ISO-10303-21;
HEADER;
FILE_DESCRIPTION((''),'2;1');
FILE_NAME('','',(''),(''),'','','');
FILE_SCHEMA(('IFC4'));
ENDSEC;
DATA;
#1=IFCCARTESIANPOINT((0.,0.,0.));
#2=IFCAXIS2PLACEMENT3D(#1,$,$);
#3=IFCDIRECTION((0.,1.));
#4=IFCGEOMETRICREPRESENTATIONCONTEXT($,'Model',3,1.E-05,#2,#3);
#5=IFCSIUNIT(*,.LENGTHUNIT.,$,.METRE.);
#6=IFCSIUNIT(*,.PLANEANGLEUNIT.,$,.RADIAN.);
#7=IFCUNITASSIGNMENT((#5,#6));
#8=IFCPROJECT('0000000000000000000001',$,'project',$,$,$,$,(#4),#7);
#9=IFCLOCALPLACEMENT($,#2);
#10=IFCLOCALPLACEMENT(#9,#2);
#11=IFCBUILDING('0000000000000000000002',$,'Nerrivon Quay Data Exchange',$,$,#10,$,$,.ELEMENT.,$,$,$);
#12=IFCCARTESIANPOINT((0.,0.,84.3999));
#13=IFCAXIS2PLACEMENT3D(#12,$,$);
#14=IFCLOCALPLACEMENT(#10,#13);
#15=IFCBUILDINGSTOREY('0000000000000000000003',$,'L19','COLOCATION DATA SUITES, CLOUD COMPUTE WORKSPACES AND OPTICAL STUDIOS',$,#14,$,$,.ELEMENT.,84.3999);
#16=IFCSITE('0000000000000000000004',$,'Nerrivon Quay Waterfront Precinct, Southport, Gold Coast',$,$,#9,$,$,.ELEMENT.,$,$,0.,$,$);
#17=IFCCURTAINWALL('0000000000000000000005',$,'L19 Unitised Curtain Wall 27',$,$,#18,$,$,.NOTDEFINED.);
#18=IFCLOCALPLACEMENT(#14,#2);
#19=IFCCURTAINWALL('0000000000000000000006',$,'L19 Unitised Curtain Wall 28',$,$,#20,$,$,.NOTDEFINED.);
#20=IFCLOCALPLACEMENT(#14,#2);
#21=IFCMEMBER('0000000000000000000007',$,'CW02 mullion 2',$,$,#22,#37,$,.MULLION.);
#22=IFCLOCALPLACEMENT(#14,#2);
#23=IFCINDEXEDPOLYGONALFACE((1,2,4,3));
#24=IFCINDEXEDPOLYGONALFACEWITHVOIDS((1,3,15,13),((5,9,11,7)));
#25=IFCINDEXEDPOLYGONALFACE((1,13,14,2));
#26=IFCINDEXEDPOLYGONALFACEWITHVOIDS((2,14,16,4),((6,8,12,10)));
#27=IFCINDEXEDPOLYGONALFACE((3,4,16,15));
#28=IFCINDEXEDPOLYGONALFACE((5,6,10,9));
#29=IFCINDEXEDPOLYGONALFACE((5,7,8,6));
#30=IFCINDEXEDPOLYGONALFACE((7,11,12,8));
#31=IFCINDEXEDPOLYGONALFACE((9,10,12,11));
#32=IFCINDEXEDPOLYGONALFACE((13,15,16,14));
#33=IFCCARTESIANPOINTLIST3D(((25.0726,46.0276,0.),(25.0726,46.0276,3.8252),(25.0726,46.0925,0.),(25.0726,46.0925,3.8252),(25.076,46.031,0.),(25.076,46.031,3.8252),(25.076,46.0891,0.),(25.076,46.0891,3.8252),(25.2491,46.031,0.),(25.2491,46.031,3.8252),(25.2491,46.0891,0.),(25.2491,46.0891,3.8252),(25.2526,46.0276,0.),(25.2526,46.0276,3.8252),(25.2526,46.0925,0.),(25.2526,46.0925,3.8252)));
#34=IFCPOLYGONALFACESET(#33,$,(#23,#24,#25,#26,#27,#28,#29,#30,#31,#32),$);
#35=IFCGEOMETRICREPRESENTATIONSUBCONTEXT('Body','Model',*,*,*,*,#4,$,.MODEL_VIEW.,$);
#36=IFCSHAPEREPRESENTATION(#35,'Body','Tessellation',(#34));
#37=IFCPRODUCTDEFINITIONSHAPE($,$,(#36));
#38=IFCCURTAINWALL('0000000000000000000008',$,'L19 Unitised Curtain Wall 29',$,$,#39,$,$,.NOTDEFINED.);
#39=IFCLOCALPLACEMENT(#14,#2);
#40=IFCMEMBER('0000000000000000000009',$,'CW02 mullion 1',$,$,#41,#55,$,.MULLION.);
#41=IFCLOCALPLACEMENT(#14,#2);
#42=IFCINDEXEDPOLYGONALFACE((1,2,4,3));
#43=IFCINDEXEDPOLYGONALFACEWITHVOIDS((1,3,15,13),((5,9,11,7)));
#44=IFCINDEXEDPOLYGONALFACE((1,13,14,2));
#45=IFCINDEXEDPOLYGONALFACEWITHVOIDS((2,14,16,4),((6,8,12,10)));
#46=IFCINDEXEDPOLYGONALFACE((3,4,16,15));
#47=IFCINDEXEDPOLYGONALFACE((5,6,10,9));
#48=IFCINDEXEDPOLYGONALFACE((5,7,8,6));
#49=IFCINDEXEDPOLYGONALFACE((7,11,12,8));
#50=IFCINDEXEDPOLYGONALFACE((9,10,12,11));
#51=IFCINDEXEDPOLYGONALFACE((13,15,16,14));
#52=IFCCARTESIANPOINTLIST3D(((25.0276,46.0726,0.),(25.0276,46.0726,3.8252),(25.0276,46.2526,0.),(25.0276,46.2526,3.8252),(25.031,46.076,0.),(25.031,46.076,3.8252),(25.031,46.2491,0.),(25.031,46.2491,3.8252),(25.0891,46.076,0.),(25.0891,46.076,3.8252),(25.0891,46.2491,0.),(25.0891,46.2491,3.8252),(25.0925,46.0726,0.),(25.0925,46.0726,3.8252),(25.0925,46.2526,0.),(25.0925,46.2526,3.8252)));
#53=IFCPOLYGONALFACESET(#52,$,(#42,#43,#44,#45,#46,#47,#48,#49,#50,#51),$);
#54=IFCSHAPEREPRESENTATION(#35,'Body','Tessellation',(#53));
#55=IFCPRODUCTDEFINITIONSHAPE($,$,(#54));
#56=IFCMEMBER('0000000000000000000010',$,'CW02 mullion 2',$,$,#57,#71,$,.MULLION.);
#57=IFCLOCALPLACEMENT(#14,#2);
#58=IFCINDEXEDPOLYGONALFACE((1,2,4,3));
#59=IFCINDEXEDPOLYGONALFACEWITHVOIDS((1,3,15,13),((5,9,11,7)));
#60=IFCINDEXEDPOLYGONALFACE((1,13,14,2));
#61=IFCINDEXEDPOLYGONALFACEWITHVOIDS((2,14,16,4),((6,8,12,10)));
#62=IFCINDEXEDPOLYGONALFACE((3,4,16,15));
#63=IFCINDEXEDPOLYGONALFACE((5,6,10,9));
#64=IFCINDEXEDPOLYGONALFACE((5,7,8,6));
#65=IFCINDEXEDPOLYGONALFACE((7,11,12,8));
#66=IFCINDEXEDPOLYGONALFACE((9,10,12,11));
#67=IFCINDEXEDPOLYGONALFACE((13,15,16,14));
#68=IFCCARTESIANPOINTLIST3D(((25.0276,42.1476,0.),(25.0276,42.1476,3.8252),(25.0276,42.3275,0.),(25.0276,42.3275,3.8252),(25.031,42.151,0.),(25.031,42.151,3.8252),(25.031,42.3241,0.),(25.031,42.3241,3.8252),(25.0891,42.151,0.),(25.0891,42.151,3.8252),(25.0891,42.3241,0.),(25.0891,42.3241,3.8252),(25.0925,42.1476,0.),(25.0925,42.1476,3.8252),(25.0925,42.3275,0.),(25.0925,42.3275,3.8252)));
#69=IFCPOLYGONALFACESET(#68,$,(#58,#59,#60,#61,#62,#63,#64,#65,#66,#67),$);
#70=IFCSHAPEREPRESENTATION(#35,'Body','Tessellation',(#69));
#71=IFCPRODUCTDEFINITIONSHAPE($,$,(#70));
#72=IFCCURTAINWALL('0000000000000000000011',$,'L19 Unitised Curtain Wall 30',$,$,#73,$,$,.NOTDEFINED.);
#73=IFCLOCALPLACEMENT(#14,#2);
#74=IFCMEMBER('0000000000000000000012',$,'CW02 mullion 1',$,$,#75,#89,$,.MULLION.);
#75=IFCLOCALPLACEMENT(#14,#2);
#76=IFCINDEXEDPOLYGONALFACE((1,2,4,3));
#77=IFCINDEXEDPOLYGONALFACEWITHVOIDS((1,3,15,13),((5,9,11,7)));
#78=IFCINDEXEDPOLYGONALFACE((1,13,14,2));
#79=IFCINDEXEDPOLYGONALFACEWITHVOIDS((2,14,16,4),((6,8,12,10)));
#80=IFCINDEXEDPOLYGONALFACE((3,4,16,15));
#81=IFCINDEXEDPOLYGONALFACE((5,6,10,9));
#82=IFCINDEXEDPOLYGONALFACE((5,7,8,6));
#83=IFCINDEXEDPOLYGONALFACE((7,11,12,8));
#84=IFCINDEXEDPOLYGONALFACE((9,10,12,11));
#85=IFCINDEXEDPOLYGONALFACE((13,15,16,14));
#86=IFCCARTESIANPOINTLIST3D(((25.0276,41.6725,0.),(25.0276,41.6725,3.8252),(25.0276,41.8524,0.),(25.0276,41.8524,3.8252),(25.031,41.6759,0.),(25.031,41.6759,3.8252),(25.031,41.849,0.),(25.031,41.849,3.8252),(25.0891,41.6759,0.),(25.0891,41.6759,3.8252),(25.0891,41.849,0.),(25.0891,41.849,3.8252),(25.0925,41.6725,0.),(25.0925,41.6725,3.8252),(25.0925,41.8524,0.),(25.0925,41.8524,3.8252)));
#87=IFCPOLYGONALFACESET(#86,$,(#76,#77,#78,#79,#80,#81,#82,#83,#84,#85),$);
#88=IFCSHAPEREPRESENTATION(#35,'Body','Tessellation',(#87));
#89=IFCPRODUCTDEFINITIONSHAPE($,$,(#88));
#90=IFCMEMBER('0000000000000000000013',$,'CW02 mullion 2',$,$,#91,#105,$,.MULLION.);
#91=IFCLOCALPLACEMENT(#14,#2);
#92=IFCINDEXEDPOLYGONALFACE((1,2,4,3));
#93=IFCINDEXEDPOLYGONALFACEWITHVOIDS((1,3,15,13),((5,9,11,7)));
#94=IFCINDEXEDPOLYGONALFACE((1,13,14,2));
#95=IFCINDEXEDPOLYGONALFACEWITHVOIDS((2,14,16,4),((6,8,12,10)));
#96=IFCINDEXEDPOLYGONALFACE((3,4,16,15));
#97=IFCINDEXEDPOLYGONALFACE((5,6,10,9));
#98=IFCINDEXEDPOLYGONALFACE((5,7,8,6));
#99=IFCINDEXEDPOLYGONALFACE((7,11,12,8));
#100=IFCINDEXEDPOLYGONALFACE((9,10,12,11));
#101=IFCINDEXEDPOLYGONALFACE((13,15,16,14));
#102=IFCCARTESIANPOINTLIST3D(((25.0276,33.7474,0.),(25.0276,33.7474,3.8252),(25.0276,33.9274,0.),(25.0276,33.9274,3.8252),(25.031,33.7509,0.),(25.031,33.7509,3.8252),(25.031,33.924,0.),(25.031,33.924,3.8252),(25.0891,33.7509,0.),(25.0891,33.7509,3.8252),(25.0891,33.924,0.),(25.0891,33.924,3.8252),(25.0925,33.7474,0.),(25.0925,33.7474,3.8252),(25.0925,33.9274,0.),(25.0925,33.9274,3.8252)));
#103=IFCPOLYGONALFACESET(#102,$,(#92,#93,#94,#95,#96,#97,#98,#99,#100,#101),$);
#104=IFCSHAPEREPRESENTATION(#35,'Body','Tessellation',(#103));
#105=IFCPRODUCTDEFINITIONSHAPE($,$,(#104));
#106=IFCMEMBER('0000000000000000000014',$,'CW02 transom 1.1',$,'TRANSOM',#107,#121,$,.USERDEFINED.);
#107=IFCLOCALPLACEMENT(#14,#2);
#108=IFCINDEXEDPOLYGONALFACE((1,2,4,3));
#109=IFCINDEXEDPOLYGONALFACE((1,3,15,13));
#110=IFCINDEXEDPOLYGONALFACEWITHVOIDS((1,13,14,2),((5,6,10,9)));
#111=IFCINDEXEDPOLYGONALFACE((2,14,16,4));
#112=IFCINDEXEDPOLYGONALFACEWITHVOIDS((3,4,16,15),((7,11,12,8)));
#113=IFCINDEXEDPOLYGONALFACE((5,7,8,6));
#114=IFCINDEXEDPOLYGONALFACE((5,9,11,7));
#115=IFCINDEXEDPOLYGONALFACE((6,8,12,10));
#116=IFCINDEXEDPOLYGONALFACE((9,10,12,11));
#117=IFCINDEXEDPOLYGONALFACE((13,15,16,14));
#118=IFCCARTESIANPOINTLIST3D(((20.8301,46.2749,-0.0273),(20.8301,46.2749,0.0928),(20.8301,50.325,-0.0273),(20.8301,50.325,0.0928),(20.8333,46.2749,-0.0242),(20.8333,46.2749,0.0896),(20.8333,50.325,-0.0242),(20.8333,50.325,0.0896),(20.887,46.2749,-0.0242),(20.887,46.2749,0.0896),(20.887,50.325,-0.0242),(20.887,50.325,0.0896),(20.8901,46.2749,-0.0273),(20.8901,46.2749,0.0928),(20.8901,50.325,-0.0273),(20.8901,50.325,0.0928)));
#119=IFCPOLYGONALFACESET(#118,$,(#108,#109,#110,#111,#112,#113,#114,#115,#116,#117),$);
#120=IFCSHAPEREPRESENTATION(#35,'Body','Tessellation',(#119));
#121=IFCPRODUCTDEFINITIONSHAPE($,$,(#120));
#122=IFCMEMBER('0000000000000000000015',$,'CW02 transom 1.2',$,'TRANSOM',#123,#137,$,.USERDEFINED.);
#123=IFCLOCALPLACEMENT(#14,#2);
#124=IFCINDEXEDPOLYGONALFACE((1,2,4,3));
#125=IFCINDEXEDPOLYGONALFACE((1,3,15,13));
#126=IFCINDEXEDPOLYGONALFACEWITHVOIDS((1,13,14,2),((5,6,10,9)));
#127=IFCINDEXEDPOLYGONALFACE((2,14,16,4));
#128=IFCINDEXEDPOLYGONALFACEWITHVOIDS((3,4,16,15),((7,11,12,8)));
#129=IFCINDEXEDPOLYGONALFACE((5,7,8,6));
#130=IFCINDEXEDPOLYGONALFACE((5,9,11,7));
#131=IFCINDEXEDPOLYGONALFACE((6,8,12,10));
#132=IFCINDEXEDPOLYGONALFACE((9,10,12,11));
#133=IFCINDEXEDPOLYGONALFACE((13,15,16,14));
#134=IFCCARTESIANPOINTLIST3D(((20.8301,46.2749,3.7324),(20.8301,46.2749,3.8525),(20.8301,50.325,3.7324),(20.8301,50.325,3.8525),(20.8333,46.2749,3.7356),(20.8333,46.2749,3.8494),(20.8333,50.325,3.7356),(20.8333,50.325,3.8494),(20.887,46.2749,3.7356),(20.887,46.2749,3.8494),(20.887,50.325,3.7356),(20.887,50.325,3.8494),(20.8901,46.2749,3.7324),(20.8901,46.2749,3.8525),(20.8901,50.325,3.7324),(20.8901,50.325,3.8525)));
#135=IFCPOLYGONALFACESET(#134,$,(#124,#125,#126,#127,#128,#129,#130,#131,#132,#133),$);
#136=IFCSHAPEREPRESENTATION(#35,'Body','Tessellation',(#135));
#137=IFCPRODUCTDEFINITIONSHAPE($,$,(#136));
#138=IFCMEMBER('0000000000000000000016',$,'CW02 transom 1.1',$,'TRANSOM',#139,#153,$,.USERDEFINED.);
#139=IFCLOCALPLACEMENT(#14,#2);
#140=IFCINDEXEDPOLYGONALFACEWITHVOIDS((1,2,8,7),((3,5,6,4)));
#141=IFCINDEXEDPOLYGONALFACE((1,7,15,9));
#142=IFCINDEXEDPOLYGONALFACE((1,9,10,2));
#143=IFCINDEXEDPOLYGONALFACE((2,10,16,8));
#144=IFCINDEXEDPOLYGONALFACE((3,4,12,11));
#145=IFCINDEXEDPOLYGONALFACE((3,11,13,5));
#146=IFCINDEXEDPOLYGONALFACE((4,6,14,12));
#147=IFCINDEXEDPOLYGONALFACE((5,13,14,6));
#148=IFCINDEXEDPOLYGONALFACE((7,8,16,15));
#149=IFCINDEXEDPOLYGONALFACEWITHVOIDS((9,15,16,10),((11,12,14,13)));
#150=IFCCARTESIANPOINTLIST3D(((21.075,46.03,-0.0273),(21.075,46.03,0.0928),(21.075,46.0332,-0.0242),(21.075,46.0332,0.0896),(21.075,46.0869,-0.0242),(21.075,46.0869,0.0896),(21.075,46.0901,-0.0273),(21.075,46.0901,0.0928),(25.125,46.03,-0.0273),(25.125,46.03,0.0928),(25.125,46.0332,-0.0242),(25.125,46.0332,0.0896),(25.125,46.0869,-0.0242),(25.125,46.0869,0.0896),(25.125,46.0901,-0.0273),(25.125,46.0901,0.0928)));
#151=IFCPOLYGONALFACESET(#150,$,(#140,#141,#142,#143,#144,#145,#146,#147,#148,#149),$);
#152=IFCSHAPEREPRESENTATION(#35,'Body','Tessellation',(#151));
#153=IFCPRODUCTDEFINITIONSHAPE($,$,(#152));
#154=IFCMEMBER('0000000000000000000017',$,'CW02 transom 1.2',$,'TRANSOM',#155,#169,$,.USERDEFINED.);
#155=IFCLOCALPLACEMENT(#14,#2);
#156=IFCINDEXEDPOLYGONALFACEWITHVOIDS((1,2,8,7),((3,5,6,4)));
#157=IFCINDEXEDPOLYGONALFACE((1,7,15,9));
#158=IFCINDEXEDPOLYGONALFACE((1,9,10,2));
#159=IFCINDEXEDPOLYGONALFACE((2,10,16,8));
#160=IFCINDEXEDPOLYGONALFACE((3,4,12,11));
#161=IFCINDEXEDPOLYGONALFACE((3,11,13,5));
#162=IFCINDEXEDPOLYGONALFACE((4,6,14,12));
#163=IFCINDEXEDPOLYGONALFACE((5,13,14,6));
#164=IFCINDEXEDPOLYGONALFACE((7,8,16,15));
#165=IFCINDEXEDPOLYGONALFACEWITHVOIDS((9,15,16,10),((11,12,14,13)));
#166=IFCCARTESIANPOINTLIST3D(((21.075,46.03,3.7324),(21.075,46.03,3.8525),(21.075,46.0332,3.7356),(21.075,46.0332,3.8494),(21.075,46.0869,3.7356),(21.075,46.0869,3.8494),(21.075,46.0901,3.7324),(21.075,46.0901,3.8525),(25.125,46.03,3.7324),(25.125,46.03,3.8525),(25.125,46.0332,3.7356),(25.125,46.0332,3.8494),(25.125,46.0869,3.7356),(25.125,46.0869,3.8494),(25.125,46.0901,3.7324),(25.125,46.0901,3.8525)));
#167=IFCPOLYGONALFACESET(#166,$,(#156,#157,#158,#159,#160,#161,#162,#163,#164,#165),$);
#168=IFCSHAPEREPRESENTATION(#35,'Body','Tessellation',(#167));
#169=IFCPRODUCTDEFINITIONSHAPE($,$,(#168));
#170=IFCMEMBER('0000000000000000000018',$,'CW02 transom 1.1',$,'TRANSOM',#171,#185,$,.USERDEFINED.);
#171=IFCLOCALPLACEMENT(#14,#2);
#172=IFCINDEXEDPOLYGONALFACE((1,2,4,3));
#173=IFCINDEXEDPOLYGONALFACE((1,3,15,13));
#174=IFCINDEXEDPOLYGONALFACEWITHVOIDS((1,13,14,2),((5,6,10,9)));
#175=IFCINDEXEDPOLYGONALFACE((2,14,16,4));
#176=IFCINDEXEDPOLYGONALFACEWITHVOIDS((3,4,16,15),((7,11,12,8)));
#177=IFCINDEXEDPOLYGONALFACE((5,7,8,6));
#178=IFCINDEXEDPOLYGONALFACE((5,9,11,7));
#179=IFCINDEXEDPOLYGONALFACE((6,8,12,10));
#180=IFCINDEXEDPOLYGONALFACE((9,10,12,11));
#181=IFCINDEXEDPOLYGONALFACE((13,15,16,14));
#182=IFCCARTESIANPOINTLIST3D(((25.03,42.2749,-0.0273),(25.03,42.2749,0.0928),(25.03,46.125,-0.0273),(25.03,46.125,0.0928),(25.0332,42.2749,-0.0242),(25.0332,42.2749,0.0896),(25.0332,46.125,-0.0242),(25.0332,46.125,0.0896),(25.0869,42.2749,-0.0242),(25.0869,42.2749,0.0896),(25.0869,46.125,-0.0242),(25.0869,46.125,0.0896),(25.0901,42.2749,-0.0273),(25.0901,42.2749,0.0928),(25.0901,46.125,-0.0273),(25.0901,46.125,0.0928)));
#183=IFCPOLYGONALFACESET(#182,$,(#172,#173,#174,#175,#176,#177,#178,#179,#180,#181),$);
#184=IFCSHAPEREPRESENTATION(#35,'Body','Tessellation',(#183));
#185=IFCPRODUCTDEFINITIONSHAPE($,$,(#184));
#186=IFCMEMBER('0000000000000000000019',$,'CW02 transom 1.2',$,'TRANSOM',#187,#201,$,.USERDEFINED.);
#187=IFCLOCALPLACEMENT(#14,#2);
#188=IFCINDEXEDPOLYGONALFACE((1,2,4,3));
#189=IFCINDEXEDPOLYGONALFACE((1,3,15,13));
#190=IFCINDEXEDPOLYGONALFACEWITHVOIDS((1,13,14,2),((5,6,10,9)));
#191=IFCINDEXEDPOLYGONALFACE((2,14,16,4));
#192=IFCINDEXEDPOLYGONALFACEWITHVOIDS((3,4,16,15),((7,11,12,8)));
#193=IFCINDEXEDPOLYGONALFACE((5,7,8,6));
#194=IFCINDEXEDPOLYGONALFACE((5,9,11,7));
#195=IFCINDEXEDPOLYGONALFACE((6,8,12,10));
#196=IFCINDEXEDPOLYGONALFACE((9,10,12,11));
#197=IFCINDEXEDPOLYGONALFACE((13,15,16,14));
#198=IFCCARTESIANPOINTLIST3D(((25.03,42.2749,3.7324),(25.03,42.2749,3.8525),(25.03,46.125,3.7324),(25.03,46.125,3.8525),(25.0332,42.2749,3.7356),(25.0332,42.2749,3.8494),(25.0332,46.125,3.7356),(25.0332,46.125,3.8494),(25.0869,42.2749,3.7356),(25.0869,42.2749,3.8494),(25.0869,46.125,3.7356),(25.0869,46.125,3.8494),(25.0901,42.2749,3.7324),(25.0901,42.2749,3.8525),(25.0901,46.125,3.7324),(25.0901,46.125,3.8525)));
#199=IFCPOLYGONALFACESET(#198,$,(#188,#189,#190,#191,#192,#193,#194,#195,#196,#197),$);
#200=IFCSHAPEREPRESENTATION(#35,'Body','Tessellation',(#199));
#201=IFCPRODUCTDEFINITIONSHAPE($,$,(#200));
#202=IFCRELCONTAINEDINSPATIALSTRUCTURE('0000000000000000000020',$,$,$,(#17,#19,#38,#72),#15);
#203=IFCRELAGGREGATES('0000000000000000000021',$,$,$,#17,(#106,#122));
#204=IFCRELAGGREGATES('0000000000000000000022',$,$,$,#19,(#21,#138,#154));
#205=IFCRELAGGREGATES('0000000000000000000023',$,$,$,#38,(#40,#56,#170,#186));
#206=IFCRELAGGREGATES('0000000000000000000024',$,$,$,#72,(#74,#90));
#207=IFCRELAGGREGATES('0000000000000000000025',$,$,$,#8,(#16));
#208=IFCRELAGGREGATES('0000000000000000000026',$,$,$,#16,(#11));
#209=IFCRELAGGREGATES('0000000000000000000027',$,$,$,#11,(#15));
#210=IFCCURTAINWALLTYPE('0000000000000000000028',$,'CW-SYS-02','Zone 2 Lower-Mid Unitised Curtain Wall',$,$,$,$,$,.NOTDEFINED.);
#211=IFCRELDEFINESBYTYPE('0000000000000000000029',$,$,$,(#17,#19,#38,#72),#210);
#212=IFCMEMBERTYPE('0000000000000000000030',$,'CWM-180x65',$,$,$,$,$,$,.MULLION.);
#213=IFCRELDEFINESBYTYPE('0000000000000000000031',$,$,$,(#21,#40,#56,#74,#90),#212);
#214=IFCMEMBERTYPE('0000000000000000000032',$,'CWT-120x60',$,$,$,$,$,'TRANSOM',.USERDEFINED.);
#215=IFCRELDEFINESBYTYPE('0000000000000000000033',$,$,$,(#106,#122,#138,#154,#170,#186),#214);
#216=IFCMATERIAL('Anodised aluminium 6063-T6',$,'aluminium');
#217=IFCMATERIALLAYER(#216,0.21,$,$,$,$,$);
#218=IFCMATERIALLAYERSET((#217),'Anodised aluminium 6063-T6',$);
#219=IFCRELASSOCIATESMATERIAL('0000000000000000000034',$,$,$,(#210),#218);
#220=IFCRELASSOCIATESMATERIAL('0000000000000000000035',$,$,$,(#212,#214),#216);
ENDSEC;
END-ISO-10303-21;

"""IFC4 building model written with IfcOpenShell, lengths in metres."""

from ifc_helpers import new_model, si_unit, direction, frame, origin, origin_2d, place, context, subcontext, project, spatial, hollow_rectangle, extrude, material, layer, layer_set, material_profile, profile_set, type_object, element, aggregate, save


model = new_model("IFC4")

# Units and contexts
model_context = context("Model", 3, precision=1e-05, world=origin(), true_north=direction((0.0, 1.0)))
body_context = subcontext(model_context, "Body", "Model", "MODEL_VIEW")
ifc_project = project(units=[si_unit("LENGTHUNIT", "METRE"), si_unit("PLANEANGLEUNIT", "RADIAN")], contexts=[model_context])

# Site, building, storey
site_placement = place(None, origin())
site = spatial("IfcSite", under=ifc_project, at=site_placement, Name="Nerrivon Quay Waterfront Precinct, Southport, Gold Coast", CompositionType="ELEMENT", RefElevation=0.0)
building_placement = place(site_placement, origin())
building = spatial("IfcBuilding", under=site, at=building_placement, Name="Nerrivon Quay Data Exchange", CompositionType="ELEMENT")
storey_placement = place(building_placement, frame((0.0, 0.0, 84.3999)))
storey = spatial("IfcBuildingStorey", under=building, at=storey_placement, Name="L19", Description="COLOCATION DATA SUITES, CLOUD COMPUTE WORKSPACES AND OPTICAL STUDIOS", CompositionType="ELEMENT", Elevation=84.3999)

# Shared definitions
ifc_material_1 = material(Name="Anodised aluminium 6063-T6", Category="aluminium")
ifc_layer_1 = layer(ifc_material_1, 0.21)
ifc_layer_set_1 = layer_set([ifc_layer_1], Name="Anodised aluminium 6063-T6")
curtain_wall_type = type_object("IfcCurtainWallType", Name="CW-SYS-02", Description="Zone 2 Lower-Mid Unitised Curtain Wall", PredefinedType="NOTDEFINED", material=ifc_layer_set_1)
ifc_material_profile_1 = material_profile(ifc_material_1, hollow_rectangle(XDim=0.0649, YDim=0.1799, WallThickness=0.0034, at=origin_2d()), Name="ALU-MULL-180x65")
ifc_profile_set_1 = profile_set([ifc_material_profile_1], Name="Anodised aluminium 6063-T6")
member_type_1 = type_object("IfcMemberType", Name="CWM-180x65", PredefinedType="MULLION", material=ifc_profile_set_1)

# Curtain walls, members
curtain_wall_1_placement = place(storey_placement, origin())
curtain_wall_1 = element("IfcCurtainWall", 1, at=curtain_wall_1_placement, inside=storey, type_object=curtain_wall_type, Name="L19 Unitised Curtain Wall 27", PredefinedType="NOTDEFINED")
curtain_wall_2_placement = place(storey_placement, origin())
curtain_wall_2 = element("IfcCurtainWall", 2, at=curtain_wall_2_placement, inside=storey, type_object=curtain_wall_type, Name="L19 Unitised Curtain Wall 28", PredefinedType="NOTDEFINED")
member_1_placement = place(storey_placement, frame((25.1626, 46.0601, 0.0), z_axis=(0.0, 0.0, 1.0), x_axis=(0.0, 1.0, 0.0)))
member_1 = element("IfcMember", 3, at=member_1_placement, type_object=member_type_1, Name="CW02 mullion 2", PredefinedType="MULLION", context=body_context, shape_type="SweptSolid", body=[
    extrude(hollow_rectangle(XDim=0.0649, YDim=0.1799, WallThickness=0.0034, at=origin_2d()), origin(), (0.0, 0.0, 1.0), 3.8252),
])
curtain_wall_3_placement = place(storey_placement, origin())
curtain_wall_3 = element("IfcCurtainWall", 4, at=curtain_wall_3_placement, inside=storey, type_object=curtain_wall_type, Name="L19 Unitised Curtain Wall 29", PredefinedType="NOTDEFINED")
member_2_placement = place(storey_placement, frame((25.0601, 46.1626, 0.0), z_axis=(0.0, 0.0, 1.0), x_axis=(1.0, 0.0, 0.0)))
member_2 = element("IfcMember", 5, at=member_2_placement, type_object=member_type_1, Name="CW02 mullion 1", PredefinedType="MULLION", context=body_context, shape_type="SweptSolid", body=[
    extrude(hollow_rectangle(XDim=0.0649, YDim=0.1799, WallThickness=0.0034, at=origin_2d()), origin(), (0.0, 0.0, 1.0), 3.8252),
])
member_3_placement = place(storey_placement, frame((25.0601, 42.2375, 0.0), z_axis=(0.0, 0.0, 1.0), x_axis=(1.0, 0.0, 0.0)))
member_3 = element("IfcMember", 6, at=member_3_placement, type_object=member_type_1, Name="CW02 mullion 2", PredefinedType="MULLION", context=body_context, shape_type="SweptSolid", body=[
    extrude(hollow_rectangle(XDim=0.0649, YDim=0.1799, WallThickness=0.0034, at=origin_2d()), origin(), (0.0, 0.0, 1.0), 3.8252),
])
curtain_wall_4_placement = place(storey_placement, origin())
curtain_wall_4 = element("IfcCurtainWall", 7, at=curtain_wall_4_placement, inside=storey, type_object=curtain_wall_type, Name="L19 Unitised Curtain Wall 30", PredefinedType="NOTDEFINED")
member_4_placement = place(storey_placement, frame((25.0601, 41.7625, 0.0), z_axis=(0.0, 0.0, 1.0), x_axis=(1.0, 0.0, 0.0)))
member_4 = element("IfcMember", 8, at=member_4_placement, type_object=member_type_1, Name="CW02 mullion 1", PredefinedType="MULLION", context=body_context, shape_type="SweptSolid", body=[
    extrude(hollow_rectangle(XDim=0.0649, YDim=0.1799, WallThickness=0.0034, at=origin_2d()), origin(), (0.0, 0.0, 1.0), 3.8252),
])
member_5_placement = place(storey_placement, frame((25.0601, 33.8374, 0.0), z_axis=(0.0, 0.0, 1.0), x_axis=(1.0, 0.0, 0.0)))
member_5 = element("IfcMember", 9, at=member_5_placement, type_object=member_type_1, Name="CW02 mullion 2", PredefinedType="MULLION", context=body_context, shape_type="SweptSolid", body=[
    extrude(hollow_rectangle(XDim=0.0649, YDim=0.1799, WallThickness=0.0034, at=origin_2d()), origin(), (0.0, 0.0, 1.0), 3.8252),
])

# Members
ifc_material_profile_2 = material_profile(ifc_material_1, hollow_rectangle(XDim=0.0601, YDim=0.1201, WallThickness=0.0032, at=origin_2d()), Name="ALU-TRAN-120x60")
ifc_profile_set_2 = profile_set([ifc_material_profile_2], Name="Anodised aluminium 6063-T6")
member_type_2 = type_object("IfcMemberType", Name="CWT-120x60", ElementType="TRANSOM", PredefinedType="USERDEFINED", material=ifc_profile_set_2)
member_6_placement = place(storey_placement, frame((20.8601, 50.325, 0.0327), z_axis=(0.0, -1.0, 0.0), x_axis=(1.0, 0.0, 0.0)))
member_6 = element("IfcMember", 10, at=member_6_placement, type_object=member_type_2, Name="CW02 transom 1.1", ObjectType="TRANSOM", PredefinedType="USERDEFINED", context=body_context, shape_type="SweptSolid", body=[
    extrude(hollow_rectangle(XDim=0.0601, YDim=0.1201, WallThickness=0.0032, at=origin_2d()), origin(), (0.0, 0.0, 1.0), 4.05),
])
member_7_placement = place(storey_placement, frame((20.8601, 50.325, 3.7925), z_axis=(0.0, -1.0, 0.0), x_axis=(1.0, 0.0, 0.0)))
member_7 = element("IfcMember", 11, at=member_7_placement, type_object=member_type_2, Name="CW02 transom 1.2", ObjectType="TRANSOM", PredefinedType="USERDEFINED", context=body_context, shape_type="SweptSolid", body=[
    extrude(hollow_rectangle(XDim=0.0601, YDim=0.1201, WallThickness=0.0032, at=origin_2d()), origin(), (0.0, 0.0, 1.0), 4.05),
])
member_8_placement = place(storey_placement, frame((21.075, 46.0601, 0.0327), z_axis=(1.0, 0.0, 0.0), x_axis=(0.0, 1.0, 0.0)))
member_8 = element("IfcMember", 12, at=member_8_placement, type_object=member_type_2, Name="CW02 transom 1.1", ObjectType="TRANSOM", PredefinedType="USERDEFINED", context=body_context, shape_type="SweptSolid", body=[
    extrude(hollow_rectangle(XDim=0.0601, YDim=0.1201, WallThickness=0.0032, at=origin_2d()), origin(), (0.0, 0.0, 1.0), 4.05),
])
member_9_placement = place(storey_placement, frame((21.075, 46.0601, 3.7925), z_axis=(1.0, 0.0, 0.0), x_axis=(0.0, 1.0, 0.0)))
member_9 = element("IfcMember", 13, at=member_9_placement, type_object=member_type_2, Name="CW02 transom 1.2", ObjectType="TRANSOM", PredefinedType="USERDEFINED", context=body_context, shape_type="SweptSolid", body=[
    extrude(hollow_rectangle(XDim=0.0601, YDim=0.1201, WallThickness=0.0032, at=origin_2d()), origin(), (0.0, 0.0, 1.0), 4.05),
])
member_10_placement = place(storey_placement, frame((25.0601, 46.125, 0.0327), z_axis=(0.0, -1.0, 0.0), x_axis=(1.0, 0.0, 0.0)))
member_10 = element("IfcMember", 14, at=member_10_placement, type_object=member_type_2, Name="CW02 transom 1.1", ObjectType="TRANSOM", PredefinedType="USERDEFINED", context=body_context, shape_type="SweptSolid", body=[
    extrude(hollow_rectangle(XDim=0.0601, YDim=0.1201, WallThickness=0.0032, at=origin_2d()), origin(), (0.0, 0.0, 1.0), 3.8501),
])
member_11_placement = place(storey_placement, frame((25.0601, 46.125, 3.7925), z_axis=(0.0, -1.0, 0.0), x_axis=(1.0, 0.0, 0.0)))
member_11 = element("IfcMember", 15, at=member_11_placement, type_object=member_type_2, Name="CW02 transom 1.2", ObjectType="TRANSOM", PredefinedType="USERDEFINED", context=body_context, shape_type="SweptSolid", body=[
    extrude(hollow_rectangle(XDim=0.0601, YDim=0.1201, WallThickness=0.0032, at=origin_2d()), origin(), (0.0, 0.0, 1.0), 3.8501),
])

aggregate(curtain_wall_1, [member_6, member_7])
aggregate(curtain_wall_2, [member_1, member_8, member_9])
aggregate(curtain_wall_3, [member_2, member_3, member_10, member_11])
aggregate(curtain_wall_4, [member_4, member_5])

save(model, "model.ifc")
